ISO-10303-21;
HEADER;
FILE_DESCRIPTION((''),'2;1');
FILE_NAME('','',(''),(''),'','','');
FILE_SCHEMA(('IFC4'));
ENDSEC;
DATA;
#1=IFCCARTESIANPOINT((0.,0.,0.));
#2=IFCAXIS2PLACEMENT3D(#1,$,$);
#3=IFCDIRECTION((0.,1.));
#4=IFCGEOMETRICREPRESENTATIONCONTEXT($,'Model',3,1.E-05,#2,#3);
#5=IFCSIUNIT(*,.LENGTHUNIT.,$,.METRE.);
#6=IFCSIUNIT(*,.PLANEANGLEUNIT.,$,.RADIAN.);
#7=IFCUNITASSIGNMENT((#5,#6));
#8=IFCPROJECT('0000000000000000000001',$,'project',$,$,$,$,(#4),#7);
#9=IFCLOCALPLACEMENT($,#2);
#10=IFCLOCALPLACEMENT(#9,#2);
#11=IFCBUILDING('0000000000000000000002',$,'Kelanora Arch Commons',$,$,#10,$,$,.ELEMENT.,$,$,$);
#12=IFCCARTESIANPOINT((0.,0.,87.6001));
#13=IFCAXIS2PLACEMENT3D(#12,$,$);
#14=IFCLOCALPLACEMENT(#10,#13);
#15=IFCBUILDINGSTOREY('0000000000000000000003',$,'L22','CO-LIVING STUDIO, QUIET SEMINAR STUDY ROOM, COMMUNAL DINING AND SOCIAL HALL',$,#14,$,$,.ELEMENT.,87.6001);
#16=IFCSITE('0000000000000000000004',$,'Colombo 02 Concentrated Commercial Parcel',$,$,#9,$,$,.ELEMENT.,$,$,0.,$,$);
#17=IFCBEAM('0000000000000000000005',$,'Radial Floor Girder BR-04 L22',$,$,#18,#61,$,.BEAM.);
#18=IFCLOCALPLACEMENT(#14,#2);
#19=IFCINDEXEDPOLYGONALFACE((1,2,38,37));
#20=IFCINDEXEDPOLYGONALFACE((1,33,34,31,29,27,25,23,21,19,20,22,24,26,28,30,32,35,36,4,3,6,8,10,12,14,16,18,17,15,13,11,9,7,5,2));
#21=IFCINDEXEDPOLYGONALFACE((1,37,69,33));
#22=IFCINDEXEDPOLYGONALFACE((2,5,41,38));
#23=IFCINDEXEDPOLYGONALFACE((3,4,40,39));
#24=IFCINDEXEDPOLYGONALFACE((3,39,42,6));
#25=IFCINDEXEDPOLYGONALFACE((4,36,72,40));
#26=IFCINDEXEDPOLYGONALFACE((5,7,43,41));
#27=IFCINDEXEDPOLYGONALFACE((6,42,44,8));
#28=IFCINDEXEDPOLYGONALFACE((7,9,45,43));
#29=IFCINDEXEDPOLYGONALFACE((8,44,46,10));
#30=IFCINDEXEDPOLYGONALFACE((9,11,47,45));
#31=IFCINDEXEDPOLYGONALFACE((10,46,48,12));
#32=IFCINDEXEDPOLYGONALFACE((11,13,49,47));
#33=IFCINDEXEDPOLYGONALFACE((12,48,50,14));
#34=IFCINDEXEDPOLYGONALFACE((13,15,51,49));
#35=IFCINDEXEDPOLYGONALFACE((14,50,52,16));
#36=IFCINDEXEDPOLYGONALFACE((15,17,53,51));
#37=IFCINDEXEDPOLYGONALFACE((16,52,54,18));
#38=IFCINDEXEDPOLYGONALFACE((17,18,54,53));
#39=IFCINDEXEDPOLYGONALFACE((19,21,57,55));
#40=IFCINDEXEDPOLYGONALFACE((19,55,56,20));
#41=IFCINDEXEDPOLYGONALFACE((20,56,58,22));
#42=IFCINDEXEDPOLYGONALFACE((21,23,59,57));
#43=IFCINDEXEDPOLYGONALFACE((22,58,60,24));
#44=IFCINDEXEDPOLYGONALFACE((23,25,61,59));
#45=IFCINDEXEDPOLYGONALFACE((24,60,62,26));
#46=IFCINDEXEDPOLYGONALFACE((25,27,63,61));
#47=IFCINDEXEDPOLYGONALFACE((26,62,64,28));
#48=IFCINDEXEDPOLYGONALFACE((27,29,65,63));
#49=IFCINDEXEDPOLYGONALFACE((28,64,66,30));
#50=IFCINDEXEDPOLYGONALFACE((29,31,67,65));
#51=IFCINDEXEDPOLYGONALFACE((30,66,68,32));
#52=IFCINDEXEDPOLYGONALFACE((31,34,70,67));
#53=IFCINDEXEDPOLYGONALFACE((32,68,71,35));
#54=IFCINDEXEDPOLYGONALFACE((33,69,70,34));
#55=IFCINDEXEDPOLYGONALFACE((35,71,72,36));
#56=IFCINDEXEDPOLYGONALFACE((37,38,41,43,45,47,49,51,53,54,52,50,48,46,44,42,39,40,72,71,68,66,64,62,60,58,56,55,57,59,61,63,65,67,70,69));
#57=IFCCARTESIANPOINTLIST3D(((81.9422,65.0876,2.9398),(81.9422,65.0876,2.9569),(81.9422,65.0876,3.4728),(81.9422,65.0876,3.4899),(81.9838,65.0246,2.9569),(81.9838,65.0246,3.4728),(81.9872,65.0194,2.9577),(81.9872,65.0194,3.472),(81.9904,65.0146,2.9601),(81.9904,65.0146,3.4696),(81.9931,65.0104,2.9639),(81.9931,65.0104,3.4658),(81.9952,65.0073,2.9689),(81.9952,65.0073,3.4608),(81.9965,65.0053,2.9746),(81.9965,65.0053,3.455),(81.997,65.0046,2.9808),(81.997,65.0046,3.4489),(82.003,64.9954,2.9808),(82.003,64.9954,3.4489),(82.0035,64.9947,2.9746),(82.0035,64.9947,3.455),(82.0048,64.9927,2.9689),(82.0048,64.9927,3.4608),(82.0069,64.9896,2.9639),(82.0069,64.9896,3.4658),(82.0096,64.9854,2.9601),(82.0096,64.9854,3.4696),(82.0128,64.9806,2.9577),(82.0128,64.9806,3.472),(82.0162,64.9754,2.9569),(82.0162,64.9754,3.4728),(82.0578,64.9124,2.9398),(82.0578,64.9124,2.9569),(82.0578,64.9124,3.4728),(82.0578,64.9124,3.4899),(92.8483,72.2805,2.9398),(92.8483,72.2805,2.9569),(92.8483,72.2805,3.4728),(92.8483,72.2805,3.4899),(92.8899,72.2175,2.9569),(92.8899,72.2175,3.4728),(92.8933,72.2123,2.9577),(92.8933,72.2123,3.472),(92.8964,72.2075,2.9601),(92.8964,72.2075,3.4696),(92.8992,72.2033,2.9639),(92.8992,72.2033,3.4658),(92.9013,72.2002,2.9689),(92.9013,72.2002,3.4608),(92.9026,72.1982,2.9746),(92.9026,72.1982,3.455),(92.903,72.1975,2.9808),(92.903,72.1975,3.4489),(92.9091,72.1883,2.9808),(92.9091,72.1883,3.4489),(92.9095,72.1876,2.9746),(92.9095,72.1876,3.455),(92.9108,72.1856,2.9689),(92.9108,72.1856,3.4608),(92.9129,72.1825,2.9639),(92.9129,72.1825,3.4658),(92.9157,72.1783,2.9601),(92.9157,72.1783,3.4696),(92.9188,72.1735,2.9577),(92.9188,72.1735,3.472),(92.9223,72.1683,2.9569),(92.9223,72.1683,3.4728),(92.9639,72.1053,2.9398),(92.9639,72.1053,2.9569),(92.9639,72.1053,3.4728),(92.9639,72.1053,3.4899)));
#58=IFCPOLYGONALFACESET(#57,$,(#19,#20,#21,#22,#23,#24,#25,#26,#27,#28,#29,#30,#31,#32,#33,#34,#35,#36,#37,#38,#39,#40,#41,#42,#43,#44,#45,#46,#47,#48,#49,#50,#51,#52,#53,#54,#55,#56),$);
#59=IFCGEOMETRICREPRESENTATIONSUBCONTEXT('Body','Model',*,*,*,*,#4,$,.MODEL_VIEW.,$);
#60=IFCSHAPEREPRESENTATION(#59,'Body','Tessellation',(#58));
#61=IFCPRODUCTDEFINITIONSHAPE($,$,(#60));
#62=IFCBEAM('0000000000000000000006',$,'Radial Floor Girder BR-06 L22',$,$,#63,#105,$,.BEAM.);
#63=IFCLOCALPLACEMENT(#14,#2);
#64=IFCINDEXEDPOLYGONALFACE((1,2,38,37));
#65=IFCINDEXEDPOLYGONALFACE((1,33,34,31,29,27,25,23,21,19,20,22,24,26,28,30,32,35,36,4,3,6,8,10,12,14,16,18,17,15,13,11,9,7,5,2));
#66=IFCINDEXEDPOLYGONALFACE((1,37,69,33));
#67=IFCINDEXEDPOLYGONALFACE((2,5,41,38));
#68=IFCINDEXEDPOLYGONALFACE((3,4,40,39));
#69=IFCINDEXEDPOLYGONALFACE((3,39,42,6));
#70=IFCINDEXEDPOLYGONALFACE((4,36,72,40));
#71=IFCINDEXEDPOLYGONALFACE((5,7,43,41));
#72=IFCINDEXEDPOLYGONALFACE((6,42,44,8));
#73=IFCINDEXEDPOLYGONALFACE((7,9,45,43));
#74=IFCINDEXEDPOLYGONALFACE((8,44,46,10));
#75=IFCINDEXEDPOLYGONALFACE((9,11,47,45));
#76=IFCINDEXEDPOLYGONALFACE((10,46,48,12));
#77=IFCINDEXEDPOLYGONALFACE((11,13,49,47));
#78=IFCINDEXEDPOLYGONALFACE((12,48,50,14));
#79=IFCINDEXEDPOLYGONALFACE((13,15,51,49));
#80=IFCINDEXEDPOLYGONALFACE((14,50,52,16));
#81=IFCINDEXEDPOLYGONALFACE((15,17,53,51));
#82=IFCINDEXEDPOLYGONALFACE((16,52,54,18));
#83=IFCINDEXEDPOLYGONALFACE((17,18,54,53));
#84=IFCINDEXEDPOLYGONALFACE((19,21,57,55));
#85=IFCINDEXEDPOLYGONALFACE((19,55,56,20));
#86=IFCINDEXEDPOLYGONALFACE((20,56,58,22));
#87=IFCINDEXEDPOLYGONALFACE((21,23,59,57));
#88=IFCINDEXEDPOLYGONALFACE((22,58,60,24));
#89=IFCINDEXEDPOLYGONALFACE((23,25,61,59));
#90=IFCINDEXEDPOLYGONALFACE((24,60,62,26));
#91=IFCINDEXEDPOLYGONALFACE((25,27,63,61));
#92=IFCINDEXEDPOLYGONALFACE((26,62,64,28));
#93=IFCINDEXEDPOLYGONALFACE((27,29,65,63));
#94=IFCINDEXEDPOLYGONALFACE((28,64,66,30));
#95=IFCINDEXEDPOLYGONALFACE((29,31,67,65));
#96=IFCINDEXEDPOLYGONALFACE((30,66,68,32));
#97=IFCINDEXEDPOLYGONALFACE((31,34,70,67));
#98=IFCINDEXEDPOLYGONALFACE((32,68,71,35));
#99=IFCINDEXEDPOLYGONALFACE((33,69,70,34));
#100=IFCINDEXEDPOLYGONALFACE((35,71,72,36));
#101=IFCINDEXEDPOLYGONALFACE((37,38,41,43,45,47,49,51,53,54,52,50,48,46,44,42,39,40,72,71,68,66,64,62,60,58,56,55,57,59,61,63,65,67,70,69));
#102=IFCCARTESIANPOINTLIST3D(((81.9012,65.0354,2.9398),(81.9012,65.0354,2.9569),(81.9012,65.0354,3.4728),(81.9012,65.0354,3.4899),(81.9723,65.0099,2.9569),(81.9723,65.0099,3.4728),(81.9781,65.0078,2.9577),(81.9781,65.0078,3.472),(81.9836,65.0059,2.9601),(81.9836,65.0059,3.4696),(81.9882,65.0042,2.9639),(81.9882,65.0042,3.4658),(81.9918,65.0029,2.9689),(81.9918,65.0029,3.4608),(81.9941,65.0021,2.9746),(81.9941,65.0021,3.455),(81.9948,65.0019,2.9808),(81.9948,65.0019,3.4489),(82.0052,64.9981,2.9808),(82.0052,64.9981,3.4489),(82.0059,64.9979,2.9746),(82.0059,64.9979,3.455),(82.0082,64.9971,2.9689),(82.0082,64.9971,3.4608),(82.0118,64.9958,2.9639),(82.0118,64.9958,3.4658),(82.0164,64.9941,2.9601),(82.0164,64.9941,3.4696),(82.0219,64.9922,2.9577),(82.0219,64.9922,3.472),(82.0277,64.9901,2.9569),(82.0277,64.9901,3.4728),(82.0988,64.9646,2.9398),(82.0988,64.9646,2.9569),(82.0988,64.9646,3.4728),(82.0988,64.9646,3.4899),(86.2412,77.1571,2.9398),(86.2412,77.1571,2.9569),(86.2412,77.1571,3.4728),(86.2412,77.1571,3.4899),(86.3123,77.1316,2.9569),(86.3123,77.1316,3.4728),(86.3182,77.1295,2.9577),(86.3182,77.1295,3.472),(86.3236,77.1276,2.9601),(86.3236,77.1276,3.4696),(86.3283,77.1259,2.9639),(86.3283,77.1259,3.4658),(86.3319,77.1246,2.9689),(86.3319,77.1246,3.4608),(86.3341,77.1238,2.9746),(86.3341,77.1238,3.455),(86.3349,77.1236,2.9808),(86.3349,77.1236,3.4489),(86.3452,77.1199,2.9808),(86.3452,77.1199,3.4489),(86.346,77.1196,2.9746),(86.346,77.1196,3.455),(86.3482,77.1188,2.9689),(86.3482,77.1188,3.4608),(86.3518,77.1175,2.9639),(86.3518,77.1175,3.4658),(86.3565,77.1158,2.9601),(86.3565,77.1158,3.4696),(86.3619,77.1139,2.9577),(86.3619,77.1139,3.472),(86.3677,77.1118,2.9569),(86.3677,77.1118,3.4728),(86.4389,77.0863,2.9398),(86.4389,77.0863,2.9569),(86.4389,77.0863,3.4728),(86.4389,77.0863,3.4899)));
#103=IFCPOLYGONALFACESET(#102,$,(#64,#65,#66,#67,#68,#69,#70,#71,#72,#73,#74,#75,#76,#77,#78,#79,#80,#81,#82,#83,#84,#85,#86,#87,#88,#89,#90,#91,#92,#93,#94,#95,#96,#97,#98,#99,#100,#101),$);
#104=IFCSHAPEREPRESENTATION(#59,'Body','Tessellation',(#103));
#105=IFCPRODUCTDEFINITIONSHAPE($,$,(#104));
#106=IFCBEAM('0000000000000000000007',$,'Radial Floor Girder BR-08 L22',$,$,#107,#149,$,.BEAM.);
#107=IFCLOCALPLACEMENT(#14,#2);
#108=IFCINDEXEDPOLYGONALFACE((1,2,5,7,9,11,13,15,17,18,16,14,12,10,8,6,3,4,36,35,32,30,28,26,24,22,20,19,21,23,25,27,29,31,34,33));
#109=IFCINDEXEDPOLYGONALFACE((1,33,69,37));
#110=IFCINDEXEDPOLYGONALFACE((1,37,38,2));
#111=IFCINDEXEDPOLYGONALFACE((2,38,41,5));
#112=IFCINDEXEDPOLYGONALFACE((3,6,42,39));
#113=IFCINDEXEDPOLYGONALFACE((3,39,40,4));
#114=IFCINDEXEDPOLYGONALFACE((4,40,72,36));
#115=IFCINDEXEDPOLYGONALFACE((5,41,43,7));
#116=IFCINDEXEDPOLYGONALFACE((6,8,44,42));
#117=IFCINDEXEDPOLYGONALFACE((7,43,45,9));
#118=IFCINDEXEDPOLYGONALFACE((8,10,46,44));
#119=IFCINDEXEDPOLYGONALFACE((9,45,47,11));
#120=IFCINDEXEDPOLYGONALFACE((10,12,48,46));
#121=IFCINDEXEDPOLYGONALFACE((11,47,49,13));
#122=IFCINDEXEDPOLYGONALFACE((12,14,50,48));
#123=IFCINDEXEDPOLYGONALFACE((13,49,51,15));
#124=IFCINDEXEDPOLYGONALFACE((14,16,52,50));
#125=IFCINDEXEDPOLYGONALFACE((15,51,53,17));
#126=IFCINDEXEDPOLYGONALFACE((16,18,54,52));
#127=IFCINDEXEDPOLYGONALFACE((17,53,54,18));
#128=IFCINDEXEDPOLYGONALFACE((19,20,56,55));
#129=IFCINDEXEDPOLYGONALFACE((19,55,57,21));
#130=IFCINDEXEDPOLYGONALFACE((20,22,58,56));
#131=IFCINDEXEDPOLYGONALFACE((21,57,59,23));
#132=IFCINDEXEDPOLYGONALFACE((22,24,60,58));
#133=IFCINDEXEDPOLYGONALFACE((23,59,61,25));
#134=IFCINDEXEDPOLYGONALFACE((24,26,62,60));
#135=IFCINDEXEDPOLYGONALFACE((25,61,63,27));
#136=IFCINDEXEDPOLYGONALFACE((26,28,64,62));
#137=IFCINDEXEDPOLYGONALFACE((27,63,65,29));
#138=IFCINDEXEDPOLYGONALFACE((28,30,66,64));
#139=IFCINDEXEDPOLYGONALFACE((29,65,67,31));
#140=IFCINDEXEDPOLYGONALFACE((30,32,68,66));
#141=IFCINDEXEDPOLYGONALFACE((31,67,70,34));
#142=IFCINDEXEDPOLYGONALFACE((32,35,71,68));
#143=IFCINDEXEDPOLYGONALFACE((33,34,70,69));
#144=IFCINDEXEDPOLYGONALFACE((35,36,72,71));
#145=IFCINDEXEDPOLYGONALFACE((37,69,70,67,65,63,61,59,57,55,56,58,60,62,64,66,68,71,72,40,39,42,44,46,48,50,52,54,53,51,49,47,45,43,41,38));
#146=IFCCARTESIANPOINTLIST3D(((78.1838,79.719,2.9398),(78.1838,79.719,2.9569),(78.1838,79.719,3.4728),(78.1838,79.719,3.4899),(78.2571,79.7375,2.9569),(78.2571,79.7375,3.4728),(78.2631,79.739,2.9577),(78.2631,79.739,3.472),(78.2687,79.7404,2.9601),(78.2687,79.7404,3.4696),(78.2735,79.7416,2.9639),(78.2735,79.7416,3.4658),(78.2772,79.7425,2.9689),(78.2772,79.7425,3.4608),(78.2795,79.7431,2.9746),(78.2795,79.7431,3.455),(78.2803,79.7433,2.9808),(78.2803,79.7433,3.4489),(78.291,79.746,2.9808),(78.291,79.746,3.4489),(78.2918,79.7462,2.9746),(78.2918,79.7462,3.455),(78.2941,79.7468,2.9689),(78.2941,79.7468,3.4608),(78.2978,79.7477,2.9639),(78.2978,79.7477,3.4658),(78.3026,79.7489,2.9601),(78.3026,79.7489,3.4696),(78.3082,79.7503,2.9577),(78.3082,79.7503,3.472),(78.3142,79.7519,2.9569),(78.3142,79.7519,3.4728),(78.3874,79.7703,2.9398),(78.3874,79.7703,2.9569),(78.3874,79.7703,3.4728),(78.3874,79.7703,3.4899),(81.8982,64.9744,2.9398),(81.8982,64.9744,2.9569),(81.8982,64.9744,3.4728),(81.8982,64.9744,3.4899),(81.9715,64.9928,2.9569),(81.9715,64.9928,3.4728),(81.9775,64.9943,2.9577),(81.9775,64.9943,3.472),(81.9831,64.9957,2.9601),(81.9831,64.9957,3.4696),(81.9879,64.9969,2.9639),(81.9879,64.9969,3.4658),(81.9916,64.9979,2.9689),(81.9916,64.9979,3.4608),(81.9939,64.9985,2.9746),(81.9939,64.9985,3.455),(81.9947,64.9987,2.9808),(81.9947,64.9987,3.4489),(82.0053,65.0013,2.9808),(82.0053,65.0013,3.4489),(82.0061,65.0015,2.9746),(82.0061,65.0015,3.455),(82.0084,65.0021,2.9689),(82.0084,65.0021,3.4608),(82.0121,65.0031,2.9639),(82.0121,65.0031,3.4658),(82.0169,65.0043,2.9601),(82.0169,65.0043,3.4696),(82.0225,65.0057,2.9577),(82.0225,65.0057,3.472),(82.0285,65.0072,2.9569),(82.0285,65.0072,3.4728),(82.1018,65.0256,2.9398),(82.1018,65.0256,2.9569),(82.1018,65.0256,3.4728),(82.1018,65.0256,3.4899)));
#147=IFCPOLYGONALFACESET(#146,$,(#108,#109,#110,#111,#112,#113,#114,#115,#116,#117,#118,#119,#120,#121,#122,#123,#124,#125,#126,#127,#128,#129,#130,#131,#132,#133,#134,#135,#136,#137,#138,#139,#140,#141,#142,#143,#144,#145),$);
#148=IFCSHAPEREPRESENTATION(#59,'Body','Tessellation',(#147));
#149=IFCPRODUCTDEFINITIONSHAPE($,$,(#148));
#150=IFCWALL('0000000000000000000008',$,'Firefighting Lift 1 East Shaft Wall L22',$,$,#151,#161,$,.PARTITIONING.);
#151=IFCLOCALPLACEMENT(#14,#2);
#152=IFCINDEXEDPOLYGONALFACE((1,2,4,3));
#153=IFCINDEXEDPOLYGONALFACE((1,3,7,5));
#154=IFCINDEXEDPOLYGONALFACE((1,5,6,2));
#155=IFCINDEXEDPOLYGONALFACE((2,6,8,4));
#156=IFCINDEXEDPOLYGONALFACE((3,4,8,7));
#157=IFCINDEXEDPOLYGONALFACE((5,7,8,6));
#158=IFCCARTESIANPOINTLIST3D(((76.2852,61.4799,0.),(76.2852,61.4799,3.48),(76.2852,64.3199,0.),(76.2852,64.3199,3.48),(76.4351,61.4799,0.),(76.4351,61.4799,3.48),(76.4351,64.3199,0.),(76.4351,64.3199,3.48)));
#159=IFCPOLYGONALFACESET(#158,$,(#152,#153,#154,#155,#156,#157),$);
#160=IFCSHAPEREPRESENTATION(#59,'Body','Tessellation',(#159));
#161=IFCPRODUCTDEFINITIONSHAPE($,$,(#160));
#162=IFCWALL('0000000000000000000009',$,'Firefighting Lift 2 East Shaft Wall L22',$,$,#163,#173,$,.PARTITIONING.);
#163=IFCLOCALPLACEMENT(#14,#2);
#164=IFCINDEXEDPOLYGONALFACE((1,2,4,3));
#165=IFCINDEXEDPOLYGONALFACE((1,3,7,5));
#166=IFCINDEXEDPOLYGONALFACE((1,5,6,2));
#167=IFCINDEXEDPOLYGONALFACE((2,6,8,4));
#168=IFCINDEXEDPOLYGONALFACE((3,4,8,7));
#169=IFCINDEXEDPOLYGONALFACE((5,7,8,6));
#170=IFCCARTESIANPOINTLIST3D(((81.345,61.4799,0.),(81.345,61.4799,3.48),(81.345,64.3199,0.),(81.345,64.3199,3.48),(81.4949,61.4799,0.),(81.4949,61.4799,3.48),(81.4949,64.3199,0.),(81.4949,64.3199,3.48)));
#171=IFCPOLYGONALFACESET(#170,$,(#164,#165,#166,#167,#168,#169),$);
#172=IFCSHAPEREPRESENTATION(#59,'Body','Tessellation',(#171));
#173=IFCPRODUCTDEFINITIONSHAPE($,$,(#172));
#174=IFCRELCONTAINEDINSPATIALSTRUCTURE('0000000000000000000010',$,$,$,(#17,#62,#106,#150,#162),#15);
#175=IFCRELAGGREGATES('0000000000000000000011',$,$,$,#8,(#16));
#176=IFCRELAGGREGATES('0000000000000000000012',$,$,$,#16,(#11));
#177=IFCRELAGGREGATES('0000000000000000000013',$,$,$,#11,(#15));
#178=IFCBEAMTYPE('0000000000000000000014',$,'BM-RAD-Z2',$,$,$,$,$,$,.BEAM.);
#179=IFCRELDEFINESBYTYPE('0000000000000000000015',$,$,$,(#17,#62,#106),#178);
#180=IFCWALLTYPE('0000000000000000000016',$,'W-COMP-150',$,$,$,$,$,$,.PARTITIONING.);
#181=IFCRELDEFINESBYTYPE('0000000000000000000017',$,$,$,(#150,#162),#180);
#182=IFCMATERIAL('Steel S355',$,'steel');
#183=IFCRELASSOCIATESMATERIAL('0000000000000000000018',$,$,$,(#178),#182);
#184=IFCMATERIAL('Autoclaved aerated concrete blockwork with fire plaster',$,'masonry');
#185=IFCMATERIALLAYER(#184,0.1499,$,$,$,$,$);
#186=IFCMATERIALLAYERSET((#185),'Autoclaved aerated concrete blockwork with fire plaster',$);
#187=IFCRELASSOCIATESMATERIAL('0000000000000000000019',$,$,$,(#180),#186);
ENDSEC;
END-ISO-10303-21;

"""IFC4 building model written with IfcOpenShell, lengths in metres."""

from ifc_helpers import new_model, si_unit, direction, frame, frame_2d, origin, origin_2d, place, context, subcontext, project, spatial, rectangle, i_section, extrude, material, layer, layer_set, material_profile, profile_set, type_object, element, save


model = new_model("IFC4")

# Units and contexts
model_context = context("Model", 3, precision=1e-05, world=origin(), true_north=direction((0.0, 1.0)))
body_context = subcontext(model_context, "Body", "Model", "MODEL_VIEW")
ifc_project = project(units=[si_unit("LENGTHUNIT", "METRE"), si_unit("PLANEANGLEUNIT", "RADIAN")], contexts=[model_context])

# Site, building, storey
site_placement = place(None, origin())
site = spatial("IfcSite", under=ifc_project, at=site_placement, Name="Colombo 02 Concentrated Commercial Parcel", CompositionType="ELEMENT", RefElevation=0.0)
building_placement = place(site_placement, origin())
building = spatial("IfcBuilding", under=site, at=building_placement, Name="Kelanora Arch Commons", CompositionType="ELEMENT")
storey_placement = place(building_placement, frame((0.0, 0.0, 87.6001)))
storey = spatial("IfcBuildingStorey", under=building, at=storey_placement, Name="L22", Description="CO-LIVING STUDIO, QUIET SEMINAR STUDY ROOM, COMMUNAL DINING AND SOCIAL HALL", CompositionType="ELEMENT", Elevation=87.6001)

# Beams
ifc_material_1 = material(Name="Steel S355", Category="steel")
ifc_material_profile_1 = material_profile(ifc_material_1, i_section(OverallWidth=0.21, OverallDepth=0.55, WebThickness=0.011, FlangeThickness=0.0171, FilletRadius=0.0239, at=origin_2d()), Name="IPE550")
ifc_profile_set_1 = profile_set([ifc_material_profile_1], Name="Steel S355")
beam_type_1 = type_object("IfcBeamType", Name="BM-RAD-Z2", PredefinedType="BEAM", material=ifc_profile_set_1)
beam_1_placement = place(storey_placement, frame((82.0, 65.0, 3.2148), z_axis=(0.834789, 0.550571, 0.0), x_axis=(-0.550571, 0.834789, 0.0)))
element("IfcBeam", 1, at=beam_1_placement, inside=storey, type_object=beam_type_1, Name="Radial Floor Girder BR-04 L22", PredefinedType="BEAM", context=body_context, shape_type="SweptSolid", body=[
    extrude(i_section(OverallWidth=0.21, OverallDepth=0.55, WebThickness=0.011, FlangeThickness=0.0171, FilletRadius=0.0239, at=origin_2d()), origin(), (0.0, 0.0, 1.0), 13.0645),
])
beam_2_placement = place(storey_placement, frame((82.0, 65.0, 3.2148), z_axis=(0.337085, 0.941474, 0.0), x_axis=(-0.941474, 0.337085, 0.0)))
element("IfcBeam", 2, at=beam_2_placement, inside=storey, type_object=beam_type_1, Name="Radial Floor Girder BR-06 L22", PredefinedType="BEAM", context=body_context, shape_type="SweptSolid", body=[
    extrude(i_section(OverallWidth=0.21, OverallDepth=0.55, WebThickness=0.011, FlangeThickness=0.0171, FilletRadius=0.0239, at=origin_2d()), origin(), (0.0, 0.0, 1.0), 12.8752),
])
beam_3_placement = place(storey_placement, frame((82.0, 65.0, 3.2148), z_axis=(-0.244281, 0.969705, 0.0), x_axis=(-0.969705, -0.244281, 0.0)))
element("IfcBeam", 3, at=beam_3_placement, inside=storey, type_object=beam_type_1, Name="Radial Floor Girder BR-08 L22", PredefinedType="BEAM", context=body_context, shape_type="SweptSolid", body=[
    extrude(i_section(OverallWidth=0.21, OverallDepth=0.55, WebThickness=0.011, FlangeThickness=0.0171, FilletRadius=0.0239, at=origin_2d()), origin(), (0.0, 0.0, 1.0), 15.2053),
])

# Walls
ifc_material_2 = material(Name="Autoclaved aerated concrete blockwork with fire plaster", Category="masonry")
ifc_layer_1 = layer(ifc_material_2, 0.1499)
ifc_layer_set_1 = layer_set([ifc_layer_1], Name="Autoclaved aerated concrete blockwork with fire plaster")
wall_type_1 = type_object("IfcWallType", Name="W-COMP-150", PredefinedType="PARTITIONING", material=ifc_layer_set_1)
for number, where, z_axis, x_axis, name in (
    (4, (76.3601, 61.48, 0.0), (0.0, 0.0, 1.0), (0.0, 1.0, 0.0), "Firefighting Lift 1 East Shaft Wall L22"),
    (5, (81.4199, 61.48, 0.0), (0.0, 0.0, 1.0), (0.0, 1.0, 0.0), "Firefighting Lift 2 East Shaft Wall L22"),
):
    element("IfcWall", number, at=place(storey_placement, frame(where, z_axis=z_axis, x_axis=x_axis)), inside=storey, type_object=wall_type_1, Name=name, PredefinedType="PARTITIONING", context=body_context, shape_type="SweptSolid", body=[
        extrude(rectangle(XDim=2.8401, YDim=0.1499, at=frame_2d((1.4199, 0.0))), origin(), (0.0, 0.0, 1.0), 3.48),
    ])

save(model, "model.ifc")
